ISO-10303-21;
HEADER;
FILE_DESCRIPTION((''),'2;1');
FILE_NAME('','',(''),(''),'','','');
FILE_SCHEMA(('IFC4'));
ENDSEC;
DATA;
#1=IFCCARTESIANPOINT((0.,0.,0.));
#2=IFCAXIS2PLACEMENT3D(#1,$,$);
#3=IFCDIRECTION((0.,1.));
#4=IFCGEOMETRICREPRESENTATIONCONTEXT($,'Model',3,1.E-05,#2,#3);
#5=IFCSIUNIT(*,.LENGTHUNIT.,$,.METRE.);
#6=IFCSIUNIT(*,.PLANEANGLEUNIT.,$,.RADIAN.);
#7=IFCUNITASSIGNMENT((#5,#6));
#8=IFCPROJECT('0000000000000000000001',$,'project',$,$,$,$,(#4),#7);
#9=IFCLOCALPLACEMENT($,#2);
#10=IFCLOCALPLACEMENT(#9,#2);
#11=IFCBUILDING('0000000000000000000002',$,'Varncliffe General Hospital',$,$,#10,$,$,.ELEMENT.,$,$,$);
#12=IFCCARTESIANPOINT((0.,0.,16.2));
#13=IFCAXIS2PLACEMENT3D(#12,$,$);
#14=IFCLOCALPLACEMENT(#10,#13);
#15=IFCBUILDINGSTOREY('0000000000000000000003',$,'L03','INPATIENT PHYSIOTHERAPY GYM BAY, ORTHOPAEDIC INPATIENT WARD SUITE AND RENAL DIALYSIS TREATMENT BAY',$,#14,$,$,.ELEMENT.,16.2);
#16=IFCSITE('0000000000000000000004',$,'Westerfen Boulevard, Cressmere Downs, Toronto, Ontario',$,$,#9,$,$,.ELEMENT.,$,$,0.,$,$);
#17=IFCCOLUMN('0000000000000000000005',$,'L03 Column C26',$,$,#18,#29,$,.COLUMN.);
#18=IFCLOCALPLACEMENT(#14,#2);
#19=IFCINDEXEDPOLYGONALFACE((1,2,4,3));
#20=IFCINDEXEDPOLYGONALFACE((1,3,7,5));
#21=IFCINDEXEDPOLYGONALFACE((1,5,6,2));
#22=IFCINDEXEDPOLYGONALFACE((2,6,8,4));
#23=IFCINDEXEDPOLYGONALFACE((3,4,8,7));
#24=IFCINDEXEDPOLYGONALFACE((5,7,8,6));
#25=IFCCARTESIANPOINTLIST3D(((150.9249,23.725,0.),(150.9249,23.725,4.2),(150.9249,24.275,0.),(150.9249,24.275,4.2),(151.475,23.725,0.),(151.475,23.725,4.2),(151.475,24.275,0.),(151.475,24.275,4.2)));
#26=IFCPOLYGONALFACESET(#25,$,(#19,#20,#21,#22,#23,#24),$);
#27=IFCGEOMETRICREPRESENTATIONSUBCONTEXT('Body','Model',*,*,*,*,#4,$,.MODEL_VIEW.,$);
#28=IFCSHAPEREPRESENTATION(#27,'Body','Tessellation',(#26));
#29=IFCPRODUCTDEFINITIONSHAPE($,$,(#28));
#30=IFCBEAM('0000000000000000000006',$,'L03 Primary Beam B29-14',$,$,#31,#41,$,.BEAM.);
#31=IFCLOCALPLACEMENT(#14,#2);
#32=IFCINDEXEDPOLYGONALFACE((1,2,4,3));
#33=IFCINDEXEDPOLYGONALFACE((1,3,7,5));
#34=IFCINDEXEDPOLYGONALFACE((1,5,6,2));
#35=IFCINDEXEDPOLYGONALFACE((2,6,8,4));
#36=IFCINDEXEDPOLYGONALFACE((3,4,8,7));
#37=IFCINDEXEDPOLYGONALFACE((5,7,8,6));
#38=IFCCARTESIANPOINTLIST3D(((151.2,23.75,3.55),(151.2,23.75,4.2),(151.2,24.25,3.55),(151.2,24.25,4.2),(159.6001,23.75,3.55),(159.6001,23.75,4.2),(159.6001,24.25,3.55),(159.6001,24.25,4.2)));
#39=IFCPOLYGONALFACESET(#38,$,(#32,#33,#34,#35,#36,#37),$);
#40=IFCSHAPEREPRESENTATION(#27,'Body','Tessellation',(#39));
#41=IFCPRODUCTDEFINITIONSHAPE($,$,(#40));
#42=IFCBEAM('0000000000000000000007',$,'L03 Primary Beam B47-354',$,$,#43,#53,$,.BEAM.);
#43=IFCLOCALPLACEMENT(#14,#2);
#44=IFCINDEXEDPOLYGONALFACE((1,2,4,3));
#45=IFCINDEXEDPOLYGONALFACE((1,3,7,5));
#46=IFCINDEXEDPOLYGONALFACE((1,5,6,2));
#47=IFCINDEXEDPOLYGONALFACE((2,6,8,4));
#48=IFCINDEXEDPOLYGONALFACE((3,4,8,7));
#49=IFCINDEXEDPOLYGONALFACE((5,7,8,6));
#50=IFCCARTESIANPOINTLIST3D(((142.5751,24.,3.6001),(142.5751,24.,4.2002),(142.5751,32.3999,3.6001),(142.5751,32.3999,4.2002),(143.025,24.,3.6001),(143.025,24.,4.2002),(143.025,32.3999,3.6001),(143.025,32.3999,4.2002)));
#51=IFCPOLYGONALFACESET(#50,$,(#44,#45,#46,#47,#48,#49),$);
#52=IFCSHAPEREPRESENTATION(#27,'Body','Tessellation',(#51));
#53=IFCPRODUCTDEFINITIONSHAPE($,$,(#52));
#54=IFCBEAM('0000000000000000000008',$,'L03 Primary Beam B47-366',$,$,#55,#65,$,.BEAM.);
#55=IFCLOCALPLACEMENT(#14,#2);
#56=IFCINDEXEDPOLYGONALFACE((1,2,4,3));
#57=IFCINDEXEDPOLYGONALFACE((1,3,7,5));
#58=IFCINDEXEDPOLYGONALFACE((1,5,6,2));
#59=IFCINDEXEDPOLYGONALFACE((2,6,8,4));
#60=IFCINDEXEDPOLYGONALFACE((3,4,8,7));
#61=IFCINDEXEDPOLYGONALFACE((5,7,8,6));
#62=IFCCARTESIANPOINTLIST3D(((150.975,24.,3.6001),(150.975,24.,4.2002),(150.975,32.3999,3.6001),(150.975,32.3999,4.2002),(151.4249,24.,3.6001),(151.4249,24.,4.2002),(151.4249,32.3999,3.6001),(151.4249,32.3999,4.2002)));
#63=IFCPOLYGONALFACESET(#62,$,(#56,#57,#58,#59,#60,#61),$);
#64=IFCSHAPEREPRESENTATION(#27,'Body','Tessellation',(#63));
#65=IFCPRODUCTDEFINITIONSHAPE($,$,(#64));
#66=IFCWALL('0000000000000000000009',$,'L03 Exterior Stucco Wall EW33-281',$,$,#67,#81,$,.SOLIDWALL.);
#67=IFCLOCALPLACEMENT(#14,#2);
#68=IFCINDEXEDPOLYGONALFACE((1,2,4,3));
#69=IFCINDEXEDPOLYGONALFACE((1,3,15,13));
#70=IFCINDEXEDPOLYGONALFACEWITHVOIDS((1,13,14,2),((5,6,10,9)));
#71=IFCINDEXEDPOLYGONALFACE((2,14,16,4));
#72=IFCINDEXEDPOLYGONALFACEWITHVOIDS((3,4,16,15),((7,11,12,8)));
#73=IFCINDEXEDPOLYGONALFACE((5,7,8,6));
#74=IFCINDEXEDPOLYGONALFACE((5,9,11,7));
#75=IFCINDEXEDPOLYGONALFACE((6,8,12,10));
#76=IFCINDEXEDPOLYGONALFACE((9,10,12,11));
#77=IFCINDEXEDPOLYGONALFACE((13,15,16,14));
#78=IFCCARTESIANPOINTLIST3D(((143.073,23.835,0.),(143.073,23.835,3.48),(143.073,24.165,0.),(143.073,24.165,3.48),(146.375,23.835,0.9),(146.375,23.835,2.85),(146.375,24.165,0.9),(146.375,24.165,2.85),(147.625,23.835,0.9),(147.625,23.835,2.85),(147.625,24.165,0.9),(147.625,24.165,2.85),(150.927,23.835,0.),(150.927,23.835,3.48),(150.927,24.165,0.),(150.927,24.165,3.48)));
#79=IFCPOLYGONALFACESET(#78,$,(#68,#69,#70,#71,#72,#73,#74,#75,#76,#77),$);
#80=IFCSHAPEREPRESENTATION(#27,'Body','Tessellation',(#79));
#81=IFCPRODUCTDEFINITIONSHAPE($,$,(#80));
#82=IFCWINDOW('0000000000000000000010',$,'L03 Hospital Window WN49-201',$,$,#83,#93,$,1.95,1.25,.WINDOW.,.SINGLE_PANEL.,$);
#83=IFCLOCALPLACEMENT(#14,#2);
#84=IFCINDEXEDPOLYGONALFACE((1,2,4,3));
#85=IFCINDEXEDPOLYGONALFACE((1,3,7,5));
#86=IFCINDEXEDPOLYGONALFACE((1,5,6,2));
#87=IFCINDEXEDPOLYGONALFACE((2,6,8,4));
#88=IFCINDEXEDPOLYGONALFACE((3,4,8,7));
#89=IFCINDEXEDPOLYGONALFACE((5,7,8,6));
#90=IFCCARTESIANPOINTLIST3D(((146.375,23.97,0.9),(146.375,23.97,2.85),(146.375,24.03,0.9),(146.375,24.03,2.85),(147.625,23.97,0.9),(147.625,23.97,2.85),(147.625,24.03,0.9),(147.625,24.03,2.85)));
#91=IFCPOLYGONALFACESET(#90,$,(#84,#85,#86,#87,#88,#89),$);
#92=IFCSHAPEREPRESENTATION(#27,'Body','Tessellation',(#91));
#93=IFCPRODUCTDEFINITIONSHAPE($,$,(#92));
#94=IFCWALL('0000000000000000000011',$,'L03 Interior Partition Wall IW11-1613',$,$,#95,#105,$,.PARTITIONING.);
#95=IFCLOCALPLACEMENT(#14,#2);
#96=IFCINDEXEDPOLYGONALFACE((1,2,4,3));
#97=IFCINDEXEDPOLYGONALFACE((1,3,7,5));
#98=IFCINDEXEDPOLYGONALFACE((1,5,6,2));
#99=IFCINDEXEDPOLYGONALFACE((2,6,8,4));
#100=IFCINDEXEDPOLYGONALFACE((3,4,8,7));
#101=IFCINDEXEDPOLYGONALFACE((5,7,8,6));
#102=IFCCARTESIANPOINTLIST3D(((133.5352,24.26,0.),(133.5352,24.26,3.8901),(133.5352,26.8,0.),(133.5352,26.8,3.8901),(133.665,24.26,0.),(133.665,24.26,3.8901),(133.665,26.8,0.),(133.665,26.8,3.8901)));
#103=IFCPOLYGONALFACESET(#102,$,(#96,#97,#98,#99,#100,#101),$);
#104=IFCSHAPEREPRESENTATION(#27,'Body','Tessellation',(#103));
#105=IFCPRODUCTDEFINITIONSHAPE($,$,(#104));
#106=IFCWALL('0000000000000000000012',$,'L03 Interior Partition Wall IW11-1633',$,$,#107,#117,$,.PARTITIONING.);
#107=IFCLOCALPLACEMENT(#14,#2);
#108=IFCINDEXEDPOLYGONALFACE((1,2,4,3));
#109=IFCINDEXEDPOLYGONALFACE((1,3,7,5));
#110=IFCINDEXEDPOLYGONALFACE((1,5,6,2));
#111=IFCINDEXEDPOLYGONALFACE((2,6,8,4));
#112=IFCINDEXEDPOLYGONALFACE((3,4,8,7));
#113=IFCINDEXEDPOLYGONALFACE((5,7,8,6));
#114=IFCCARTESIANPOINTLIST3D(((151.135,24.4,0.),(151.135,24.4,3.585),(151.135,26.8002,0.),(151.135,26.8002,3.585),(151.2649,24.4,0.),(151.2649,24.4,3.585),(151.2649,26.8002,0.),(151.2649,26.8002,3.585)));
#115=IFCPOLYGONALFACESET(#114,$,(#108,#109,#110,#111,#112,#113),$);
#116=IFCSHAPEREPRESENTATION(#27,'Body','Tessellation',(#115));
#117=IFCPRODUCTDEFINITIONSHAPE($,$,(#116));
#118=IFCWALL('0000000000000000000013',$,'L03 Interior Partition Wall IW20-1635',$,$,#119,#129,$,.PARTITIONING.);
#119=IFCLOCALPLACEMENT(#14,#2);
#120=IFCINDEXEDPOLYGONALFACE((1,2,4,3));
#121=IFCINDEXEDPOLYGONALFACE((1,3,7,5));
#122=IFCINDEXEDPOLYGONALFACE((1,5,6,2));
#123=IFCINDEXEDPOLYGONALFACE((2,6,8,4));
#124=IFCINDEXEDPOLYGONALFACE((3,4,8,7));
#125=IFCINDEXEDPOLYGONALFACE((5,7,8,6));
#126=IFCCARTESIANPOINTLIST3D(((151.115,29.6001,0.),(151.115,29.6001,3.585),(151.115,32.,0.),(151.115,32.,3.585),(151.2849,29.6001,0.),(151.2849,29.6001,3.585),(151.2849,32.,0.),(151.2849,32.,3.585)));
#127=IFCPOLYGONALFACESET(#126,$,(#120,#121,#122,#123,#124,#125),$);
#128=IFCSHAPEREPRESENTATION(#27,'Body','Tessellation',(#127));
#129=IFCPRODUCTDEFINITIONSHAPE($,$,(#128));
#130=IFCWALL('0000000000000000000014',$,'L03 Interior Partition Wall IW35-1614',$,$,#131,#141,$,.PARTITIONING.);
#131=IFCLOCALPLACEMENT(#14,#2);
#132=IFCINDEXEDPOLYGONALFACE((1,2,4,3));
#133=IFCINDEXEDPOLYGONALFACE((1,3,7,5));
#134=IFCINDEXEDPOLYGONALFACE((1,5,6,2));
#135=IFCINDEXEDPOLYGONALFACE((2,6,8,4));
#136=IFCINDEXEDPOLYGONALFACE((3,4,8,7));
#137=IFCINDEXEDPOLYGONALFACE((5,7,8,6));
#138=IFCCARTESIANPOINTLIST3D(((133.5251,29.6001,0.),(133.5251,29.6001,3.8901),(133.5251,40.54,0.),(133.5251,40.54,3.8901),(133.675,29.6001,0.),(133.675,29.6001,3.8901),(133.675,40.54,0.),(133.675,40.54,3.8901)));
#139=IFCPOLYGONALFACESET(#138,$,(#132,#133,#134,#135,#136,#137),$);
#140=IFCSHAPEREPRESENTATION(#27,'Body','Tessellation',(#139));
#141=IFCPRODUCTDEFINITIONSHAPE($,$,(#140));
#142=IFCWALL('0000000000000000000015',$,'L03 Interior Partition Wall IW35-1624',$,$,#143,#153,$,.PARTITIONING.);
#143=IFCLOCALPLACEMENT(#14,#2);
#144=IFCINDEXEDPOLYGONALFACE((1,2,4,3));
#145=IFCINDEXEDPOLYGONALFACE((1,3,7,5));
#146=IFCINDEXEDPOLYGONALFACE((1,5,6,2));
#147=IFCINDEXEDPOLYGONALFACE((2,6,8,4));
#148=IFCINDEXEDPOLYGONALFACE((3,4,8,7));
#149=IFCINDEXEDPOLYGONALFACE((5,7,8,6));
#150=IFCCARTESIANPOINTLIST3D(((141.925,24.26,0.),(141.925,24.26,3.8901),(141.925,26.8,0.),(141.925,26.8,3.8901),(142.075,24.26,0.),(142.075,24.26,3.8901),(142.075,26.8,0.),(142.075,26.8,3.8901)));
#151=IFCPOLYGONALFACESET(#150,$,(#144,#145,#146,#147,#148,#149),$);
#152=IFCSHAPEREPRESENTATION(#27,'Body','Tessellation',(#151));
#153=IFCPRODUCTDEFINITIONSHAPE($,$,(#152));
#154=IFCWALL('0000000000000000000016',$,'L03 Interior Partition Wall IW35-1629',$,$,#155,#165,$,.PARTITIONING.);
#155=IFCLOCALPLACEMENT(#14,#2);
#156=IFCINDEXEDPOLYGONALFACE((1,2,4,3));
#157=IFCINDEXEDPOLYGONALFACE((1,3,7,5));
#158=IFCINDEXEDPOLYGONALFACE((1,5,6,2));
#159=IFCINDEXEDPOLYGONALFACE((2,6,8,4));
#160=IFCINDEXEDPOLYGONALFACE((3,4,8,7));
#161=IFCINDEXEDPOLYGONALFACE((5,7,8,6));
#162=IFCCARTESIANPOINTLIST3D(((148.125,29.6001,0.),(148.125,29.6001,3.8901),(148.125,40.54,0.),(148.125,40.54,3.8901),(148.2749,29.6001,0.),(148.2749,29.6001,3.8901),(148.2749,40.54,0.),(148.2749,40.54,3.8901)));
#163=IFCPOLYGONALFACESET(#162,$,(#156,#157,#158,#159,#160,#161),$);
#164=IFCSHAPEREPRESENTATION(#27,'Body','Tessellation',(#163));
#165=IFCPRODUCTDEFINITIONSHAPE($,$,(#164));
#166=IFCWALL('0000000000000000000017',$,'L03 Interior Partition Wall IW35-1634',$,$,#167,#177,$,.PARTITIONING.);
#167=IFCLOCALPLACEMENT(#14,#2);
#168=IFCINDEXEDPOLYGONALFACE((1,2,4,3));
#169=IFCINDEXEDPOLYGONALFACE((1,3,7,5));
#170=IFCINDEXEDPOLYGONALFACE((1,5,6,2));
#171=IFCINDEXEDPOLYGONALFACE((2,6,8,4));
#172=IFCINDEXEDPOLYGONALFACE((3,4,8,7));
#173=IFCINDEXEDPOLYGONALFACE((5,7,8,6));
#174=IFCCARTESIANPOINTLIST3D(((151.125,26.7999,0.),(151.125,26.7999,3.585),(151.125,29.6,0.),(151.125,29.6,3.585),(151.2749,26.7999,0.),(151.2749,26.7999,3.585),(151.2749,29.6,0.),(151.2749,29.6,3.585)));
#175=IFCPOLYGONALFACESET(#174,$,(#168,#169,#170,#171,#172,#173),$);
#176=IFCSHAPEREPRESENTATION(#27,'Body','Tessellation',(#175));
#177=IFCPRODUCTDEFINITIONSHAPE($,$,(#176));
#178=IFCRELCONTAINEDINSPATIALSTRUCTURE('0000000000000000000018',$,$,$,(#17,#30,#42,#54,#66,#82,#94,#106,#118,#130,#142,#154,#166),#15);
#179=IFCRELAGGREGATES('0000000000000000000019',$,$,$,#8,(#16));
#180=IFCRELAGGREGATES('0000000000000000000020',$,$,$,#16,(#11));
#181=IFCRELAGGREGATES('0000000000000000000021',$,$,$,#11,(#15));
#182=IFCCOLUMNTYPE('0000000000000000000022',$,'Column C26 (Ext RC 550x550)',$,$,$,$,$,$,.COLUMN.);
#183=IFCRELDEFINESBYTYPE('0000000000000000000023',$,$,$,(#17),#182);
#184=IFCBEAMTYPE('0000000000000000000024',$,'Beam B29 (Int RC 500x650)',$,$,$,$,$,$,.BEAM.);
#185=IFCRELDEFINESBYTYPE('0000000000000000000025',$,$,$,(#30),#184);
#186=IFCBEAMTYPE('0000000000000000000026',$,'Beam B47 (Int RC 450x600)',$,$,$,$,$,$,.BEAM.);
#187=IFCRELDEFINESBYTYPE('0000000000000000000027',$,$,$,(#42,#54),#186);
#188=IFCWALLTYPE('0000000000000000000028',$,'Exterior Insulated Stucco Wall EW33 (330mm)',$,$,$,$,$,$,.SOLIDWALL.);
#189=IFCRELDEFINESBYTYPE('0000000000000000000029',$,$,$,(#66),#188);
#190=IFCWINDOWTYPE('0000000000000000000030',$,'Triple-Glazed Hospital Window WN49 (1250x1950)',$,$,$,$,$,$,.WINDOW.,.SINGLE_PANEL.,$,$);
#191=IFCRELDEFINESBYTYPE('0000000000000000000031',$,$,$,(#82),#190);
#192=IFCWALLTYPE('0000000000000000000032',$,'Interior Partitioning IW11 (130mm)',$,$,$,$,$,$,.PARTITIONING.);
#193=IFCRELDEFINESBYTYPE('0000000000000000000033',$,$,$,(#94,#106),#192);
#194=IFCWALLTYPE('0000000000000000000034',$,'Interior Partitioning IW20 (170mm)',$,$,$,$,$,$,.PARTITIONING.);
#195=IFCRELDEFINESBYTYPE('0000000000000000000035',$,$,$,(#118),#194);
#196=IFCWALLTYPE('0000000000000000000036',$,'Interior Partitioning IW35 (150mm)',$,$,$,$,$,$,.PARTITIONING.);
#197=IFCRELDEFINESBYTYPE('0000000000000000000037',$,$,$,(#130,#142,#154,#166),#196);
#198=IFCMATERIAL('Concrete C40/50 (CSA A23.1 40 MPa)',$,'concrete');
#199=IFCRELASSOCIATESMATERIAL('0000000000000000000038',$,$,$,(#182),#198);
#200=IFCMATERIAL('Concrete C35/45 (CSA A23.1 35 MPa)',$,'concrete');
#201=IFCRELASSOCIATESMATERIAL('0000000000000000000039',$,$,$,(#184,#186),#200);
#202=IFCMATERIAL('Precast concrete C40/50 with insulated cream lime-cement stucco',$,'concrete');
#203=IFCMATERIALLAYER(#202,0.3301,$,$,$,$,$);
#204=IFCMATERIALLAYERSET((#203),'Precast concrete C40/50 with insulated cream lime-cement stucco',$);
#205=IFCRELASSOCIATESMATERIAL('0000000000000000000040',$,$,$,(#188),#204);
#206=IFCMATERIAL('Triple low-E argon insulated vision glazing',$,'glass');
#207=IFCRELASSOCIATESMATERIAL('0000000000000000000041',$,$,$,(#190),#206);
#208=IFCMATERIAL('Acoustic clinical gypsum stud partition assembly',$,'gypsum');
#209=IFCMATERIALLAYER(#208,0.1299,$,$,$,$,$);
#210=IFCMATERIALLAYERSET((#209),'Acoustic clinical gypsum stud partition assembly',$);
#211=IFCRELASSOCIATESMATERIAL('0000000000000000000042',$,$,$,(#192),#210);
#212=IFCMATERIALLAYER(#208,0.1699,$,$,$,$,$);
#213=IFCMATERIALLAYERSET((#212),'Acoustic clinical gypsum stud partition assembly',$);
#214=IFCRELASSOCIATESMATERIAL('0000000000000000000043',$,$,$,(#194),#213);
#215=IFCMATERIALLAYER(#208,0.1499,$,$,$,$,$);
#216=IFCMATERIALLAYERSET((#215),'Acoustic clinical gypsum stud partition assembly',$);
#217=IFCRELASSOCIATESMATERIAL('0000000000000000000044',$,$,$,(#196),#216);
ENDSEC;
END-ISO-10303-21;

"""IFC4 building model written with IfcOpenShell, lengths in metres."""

from ifc_helpers import new_model, si_unit, direction, frame, frame_2d, origin, origin_2d, place, context, subcontext, project, spatial, rectangle, extrude, material, layer, layer_set, material_profile, profile_set, type_object, element, fill, save


model = new_model("IFC4")

# Units and contexts
model_context = context("Model", 3, precision=1e-05, world=origin(), true_north=direction((0.0, 1.0)))
body_context = subcontext(model_context, "Body", "Model", "MODEL_VIEW")
ifc_project = project(units=[si_unit("LENGTHUNIT", "METRE"), si_unit("PLANEANGLEUNIT", "RADIAN")], contexts=[model_context])

# Site, building, storey
site_placement = place(None, origin())
site = spatial("IfcSite", under=ifc_project, at=site_placement, Name="Westerfen Boulevard, Cressmere Downs, Toronto, Ontario", CompositionType="ELEMENT", RefElevation=0.0)
building_placement = place(site_placement, origin())
building = spatial("IfcBuilding", under=site, at=building_placement, Name="Varncliffe General Hospital", CompositionType="ELEMENT")
storey_placement = place(building_placement, frame((0.0, 0.0, 16.2)))
storey = spatial("IfcBuildingStorey", under=building, at=storey_placement, Name="L03", Description="INPATIENT PHYSIOTHERAPY GYM BAY, ORTHOPAEDIC INPATIENT WARD SUITE AND RENAL DIALYSIS TREATMENT BAY", CompositionType="ELEMENT", Elevation=16.2)

# Column
ifc_material_1 = material(Name="Concrete C40/50 (CSA A23.1 40 MPa)", Category="concrete")
ifc_material_profile_1 = material_profile(ifc_material_1, rectangle(XDim=0.55, YDim=0.55, at=origin_2d()), Name="RC 550x550")
ifc_profile_set_1 = profile_set([ifc_material_profile_1], Name="Concrete C40/50 (CSA A23.1 40 MPa)")
column_type = type_object("IfcColumnType", Name="Column C26 (Ext RC 550x550)", PredefinedType="COLUMN", material=ifc_profile_set_1)
column_placement = place(storey_placement, frame((151.2, 24.0, 0.0), z_axis=(0.0, 0.0, 1.0), x_axis=(1.0, 0.0, 0.0)))
element("IfcColumn", 1, at=column_placement, inside=storey, type_object=column_type, Name="L03 Column C26", PredefinedType="COLUMN", context=body_context, shape_type="SweptSolid", body=[
    extrude(rectangle(XDim=0.55, YDim=0.55, at=origin_2d()), origin(), (0.0, 0.0, 1.0), 4.2),
])

# Beams
ifc_material_2 = material(Name="Concrete C35/45 (CSA A23.1 35 MPa)", Category="concrete")
ifc_material_profile_2 = material_profile(ifc_material_2, rectangle(XDim=0.5, YDim=0.6499, at=origin_2d()), Name="RC 500x650")
ifc_profile_set_2 = profile_set([ifc_material_profile_2], Name="Concrete C35/45 (CSA A23.1 35 MPa)")
beam_type_1 = type_object("IfcBeamType", Name="Beam B29 (Int RC 500x650)", PredefinedType="BEAM", material=ifc_profile_set_2)
beam_placement = place(storey_placement, frame((151.2, 24.0, 3.875), z_axis=(1.0, 0.0, 0.0), x_axis=(0.0, 1.0, 0.0)))
element("IfcBeam", 2, at=beam_placement, inside=storey, type_object=beam_type_1, Name="L03 Primary Beam B29-14", PredefinedType="BEAM", context=body_context, shape_type="SweptSolid", body=[
    extrude(rectangle(XDim=0.5, YDim=0.6499, at=origin_2d()), origin(), (0.0, 0.0, 1.0), 8.4001),
])
ifc_material_profile_3 = material_profile(ifc_material_2, rectangle(XDim=0.45, YDim=0.6001, at=origin_2d()), Name="RC 450x600")
ifc_profile_set_3 = profile_set([ifc_material_profile_3], Name="Concrete C35/45 (CSA A23.1 35 MPa)")
beam_type_2 = type_object("IfcBeamType", Name="Beam B47 (Int RC 450x600)", PredefinedType="BEAM", material=ifc_profile_set_3)
for number, where, z_axis, x_axis, name in (
    (3, (142.8, 24.0, 3.9001), (0.0, 1.0, 0.0), (-1.0, 0.0, 0.0), "L03 Primary Beam B47-354"),
    (4, (151.2, 24.0, 3.9001), (0.0, 1.0, 0.0), (-1.0, 0.0, 0.0), "L03 Primary Beam B47-366"),
):
    element("IfcBeam", number, at=place(storey_placement, frame(where, z_axis=z_axis, x_axis=x_axis)), inside=storey, type_object=beam_type_2, Name=name, PredefinedType="BEAM", context=body_context, shape_type="SweptSolid", body=[
        extrude(rectangle(XDim=0.45, YDim=0.6001, at=origin_2d()), origin(), (0.0, 0.0, 1.0), 8.3999),
    ])

# Wall, opening, window
ifc_material_3 = material(Name="Precast concrete C40/50 with insulated cream lime-cement stucco", Category="concrete")
ifc_layer_1 = layer(ifc_material_3, 0.3301)
ifc_layer_set_1 = layer_set([ifc_layer_1], Name="Precast concrete C40/50 with insulated cream lime-cement stucco")
wall_type_1 = type_object("IfcWallType", Name="Exterior Insulated Stucco Wall EW33 (330mm)", PredefinedType="SOLIDWALL", material=ifc_layer_set_1)
wall_1_placement = place(storey_placement, frame((150.927, 24.0, 0.0), z_axis=(0.0, 0.0, 1.0), x_axis=(-1.0, 0.0, 0.0)))
wall_1 = element("IfcWall", 5, at=wall_1_placement, inside=storey, type_object=wall_type_1, Name="L03 Exterior Stucco Wall EW33-281", PredefinedType="SOLIDWALL", context=body_context, shape_type="SweptSolid", body=[
    extrude(rectangle(XDim=7.854, YDim=0.3301, at=frame_2d((3.927, 0.0))), origin(), (0.0, 0.0, 1.0), 3.48),
])
opening_1_placement = place(wall_1_placement, frame((3.302, 0.0, 0.8999)))
opening_1 = element("IfcOpeningElement", 6, at=opening_1_placement, cuts=wall_1, PredefinedType="OPENING", context=body_context, shape_type="SweptSolid", body=[
    extrude(rectangle(XDim=1.25, YDim=1.95, at=frame_2d((0.625, 0.9751))), frame((0.0, 0.175, 0.0), z_axis=(0.0, -1.0, 0.0), x_axis=(1.0, 0.0, 0.0)), (0.0, 0.0, 1.0), 0.3501),
])
ifc_material_4 = material(Name="Triple low-E argon insulated vision glazing", Category="glass")
window_type = type_object("IfcWindowType", Name="Triple-Glazed Hospital Window WN49 (1250x1950)", PartitioningType="SINGLE_PANEL", PredefinedType="WINDOW", material=ifc_material_4)
window_placement = place(opening_1_placement, origin())
window = element("IfcWindow", 7, at=window_placement, inside=storey, type_object=window_type, Name="L03 Hospital Window WN49-201", OverallHeight=1.95, OverallWidth=1.25, PartitioningType="SINGLE_PANEL", PredefinedType="WINDOW", context=body_context, shape_type="SweptSolid", body=[
    extrude(rectangle(XDim=1.25, YDim=1.95, at=frame_2d((0.625, 0.9751))), frame((0.0, 0.03, 0.0), z_axis=(0.0, -1.0, 0.0), x_axis=(1.0, 0.0, 0.0)), (0.0, 0.0, 1.0), 0.0601),
])
fill(opening_1, window)

# Walls
ifc_material_5 = material(Name="Acoustic clinical gypsum stud partition assembly", Category="gypsum")
ifc_layer_2 = layer(ifc_material_5, 0.1299)
ifc_layer_set_2 = layer_set([ifc_layer_2], Name="Acoustic clinical gypsum stud partition assembly")
wall_type_2 = type_object("IfcWallType", Name="Interior Partitioning IW11 (130mm)", PredefinedType="PARTITIONING", material=ifc_layer_set_2)
wall_2_placement = place(storey_placement, frame((133.6001, 24.26, 0.0), z_axis=(0.0, 0.0, 1.0), x_axis=(0.0, 1.0, 0.0)))
element("IfcWall", 8, at=wall_2_placement, inside=storey, type_object=wall_type_2, Name="L03 Interior Partition Wall IW11-1613", PredefinedType="PARTITIONING", context=body_context, shape_type="SweptSolid", body=[
    extrude(rectangle(XDim=2.54, YDim=0.1299, at=frame_2d((1.27, 0.0))), origin(), (0.0, 0.0, 1.0), 3.8901),
])
wall_3_placement = place(storey_placement, frame((151.2, 24.3999, 0.0), z_axis=(0.0, 0.0, 1.0), x_axis=(0.0, 1.0, 0.0)))
element("IfcWall", 9, at=wall_3_placement, inside=storey, type_object=wall_type_2, Name="L03 Interior Partition Wall IW11-1633", PredefinedType="PARTITIONING", context=body_context, shape_type="SweptSolid", body=[
    extrude(rectangle(XDim=2.4001, YDim=0.1299, at=frame_2d((1.2002, 0.0))), origin(), (0.0, 0.0, 1.0), 3.585),
])
ifc_layer_3 = layer(ifc_material_5, 0.1699)
ifc_layer_set_3 = layer_set([ifc_layer_3], Name="Acoustic clinical gypsum stud partition assembly")
wall_type_3 = type_object("IfcWallType", Name="Interior Partitioning IW20 (170mm)", PredefinedType="PARTITIONING", material=ifc_layer_set_3)
wall_4_placement = place(storey_placement, frame((151.2, 29.6001, 0.0), z_axis=(0.0, 0.0, 1.0), x_axis=(0.0, 1.0, 0.0)))
element("IfcWall", 10, at=wall_4_placement, inside=storey, type_object=wall_type_3, Name="L03 Interior Partition Wall IW20-1635", PredefinedType="PARTITIONING", context=body_context, shape_type="SweptSolid", body=[
    extrude(rectangle(XDim=2.3999, YDim=0.1699, at=frame_2d((1.2, 0.0))), origin(), (0.0, 0.0, 1.0), 3.585),
])
ifc_layer_4 = layer(ifc_material_5, 0.1499)
ifc_layer_set_4 = layer_set([ifc_layer_4], Name="Acoustic clinical gypsum stud partition assembly")
wall_type_4 = type_object("IfcWallType", Name="Interior Partitioning IW35 (150mm)", PredefinedType="PARTITIONING", material=ifc_layer_set_4)
wall_5_placement = place(storey_placement, frame((133.6001, 29.6001, 0.0), z_axis=(0.0, 0.0, 1.0), x_axis=(0.0, 1.0, 0.0)))
element("IfcWall", 11, at=wall_5_placement, inside=storey, type_object=wall_type_4, Name="L03 Interior Partition Wall IW35-1614", PredefinedType="PARTITIONING", context=body_context, shape_type="SweptSolid", body=[
    extrude(rectangle(XDim=10.9399, YDim=0.1499, at=frame_2d((5.47, 0.0))), origin(), (0.0, 0.0, 1.0), 3.8901),
])
wall_6_placement = place(storey_placement, frame((142.0, 24.26, 0.0), z_axis=(0.0, 0.0, 1.0), x_axis=(0.0, 1.0, 0.0)))
element("IfcWall", 12, at=wall_6_placement, inside=storey, type_object=wall_type_4, Name="L03 Interior Partition Wall IW35-1624", PredefinedType="PARTITIONING", context=body_context, shape_type="SweptSolid", body=[
    extrude(rectangle(XDim=2.54, YDim=0.1499, at=frame_2d((1.27, 0.0))), origin(), (0.0, 0.0, 1.0), 3.8901),
])
wall_7_placement = place(storey_placement, frame((148.2, 29.6001, 0.0), z_axis=(0.0, 0.0, 1.0), x_axis=(0.0, 1.0, 0.0)))
element("IfcWall", 13, at=wall_7_placement, inside=storey, type_object=wall_type_4, Name="L03 Interior Partition Wall IW35-1629", PredefinedType="PARTITIONING", context=body_context, shape_type="SweptSolid", body=[
    extrude(rectangle(XDim=10.9399, YDim=0.1499, at=frame_2d((5.47, 0.0))), origin(), (0.0, 0.0, 1.0), 3.8901),
])
wall_8_placement = place(storey_placement, frame((151.2, 26.8, 0.0), z_axis=(0.0, 0.0, 1.0), x_axis=(0.0, 1.0, 0.0)))
element("IfcWall", 14, at=wall_8_placement, inside=storey, type_object=wall_type_4, Name="L03 Interior Partition Wall IW35-1634", PredefinedType="PARTITIONING", context=body_context, shape_type="SweptSolid", body=[
    extrude(rectangle(XDim=2.8, YDim=0.1499, at=frame_2d((1.3999, 0.0))), origin(), (0.0, 0.0, 1.0), 3.585),
])

save(model, "model.ifc")
